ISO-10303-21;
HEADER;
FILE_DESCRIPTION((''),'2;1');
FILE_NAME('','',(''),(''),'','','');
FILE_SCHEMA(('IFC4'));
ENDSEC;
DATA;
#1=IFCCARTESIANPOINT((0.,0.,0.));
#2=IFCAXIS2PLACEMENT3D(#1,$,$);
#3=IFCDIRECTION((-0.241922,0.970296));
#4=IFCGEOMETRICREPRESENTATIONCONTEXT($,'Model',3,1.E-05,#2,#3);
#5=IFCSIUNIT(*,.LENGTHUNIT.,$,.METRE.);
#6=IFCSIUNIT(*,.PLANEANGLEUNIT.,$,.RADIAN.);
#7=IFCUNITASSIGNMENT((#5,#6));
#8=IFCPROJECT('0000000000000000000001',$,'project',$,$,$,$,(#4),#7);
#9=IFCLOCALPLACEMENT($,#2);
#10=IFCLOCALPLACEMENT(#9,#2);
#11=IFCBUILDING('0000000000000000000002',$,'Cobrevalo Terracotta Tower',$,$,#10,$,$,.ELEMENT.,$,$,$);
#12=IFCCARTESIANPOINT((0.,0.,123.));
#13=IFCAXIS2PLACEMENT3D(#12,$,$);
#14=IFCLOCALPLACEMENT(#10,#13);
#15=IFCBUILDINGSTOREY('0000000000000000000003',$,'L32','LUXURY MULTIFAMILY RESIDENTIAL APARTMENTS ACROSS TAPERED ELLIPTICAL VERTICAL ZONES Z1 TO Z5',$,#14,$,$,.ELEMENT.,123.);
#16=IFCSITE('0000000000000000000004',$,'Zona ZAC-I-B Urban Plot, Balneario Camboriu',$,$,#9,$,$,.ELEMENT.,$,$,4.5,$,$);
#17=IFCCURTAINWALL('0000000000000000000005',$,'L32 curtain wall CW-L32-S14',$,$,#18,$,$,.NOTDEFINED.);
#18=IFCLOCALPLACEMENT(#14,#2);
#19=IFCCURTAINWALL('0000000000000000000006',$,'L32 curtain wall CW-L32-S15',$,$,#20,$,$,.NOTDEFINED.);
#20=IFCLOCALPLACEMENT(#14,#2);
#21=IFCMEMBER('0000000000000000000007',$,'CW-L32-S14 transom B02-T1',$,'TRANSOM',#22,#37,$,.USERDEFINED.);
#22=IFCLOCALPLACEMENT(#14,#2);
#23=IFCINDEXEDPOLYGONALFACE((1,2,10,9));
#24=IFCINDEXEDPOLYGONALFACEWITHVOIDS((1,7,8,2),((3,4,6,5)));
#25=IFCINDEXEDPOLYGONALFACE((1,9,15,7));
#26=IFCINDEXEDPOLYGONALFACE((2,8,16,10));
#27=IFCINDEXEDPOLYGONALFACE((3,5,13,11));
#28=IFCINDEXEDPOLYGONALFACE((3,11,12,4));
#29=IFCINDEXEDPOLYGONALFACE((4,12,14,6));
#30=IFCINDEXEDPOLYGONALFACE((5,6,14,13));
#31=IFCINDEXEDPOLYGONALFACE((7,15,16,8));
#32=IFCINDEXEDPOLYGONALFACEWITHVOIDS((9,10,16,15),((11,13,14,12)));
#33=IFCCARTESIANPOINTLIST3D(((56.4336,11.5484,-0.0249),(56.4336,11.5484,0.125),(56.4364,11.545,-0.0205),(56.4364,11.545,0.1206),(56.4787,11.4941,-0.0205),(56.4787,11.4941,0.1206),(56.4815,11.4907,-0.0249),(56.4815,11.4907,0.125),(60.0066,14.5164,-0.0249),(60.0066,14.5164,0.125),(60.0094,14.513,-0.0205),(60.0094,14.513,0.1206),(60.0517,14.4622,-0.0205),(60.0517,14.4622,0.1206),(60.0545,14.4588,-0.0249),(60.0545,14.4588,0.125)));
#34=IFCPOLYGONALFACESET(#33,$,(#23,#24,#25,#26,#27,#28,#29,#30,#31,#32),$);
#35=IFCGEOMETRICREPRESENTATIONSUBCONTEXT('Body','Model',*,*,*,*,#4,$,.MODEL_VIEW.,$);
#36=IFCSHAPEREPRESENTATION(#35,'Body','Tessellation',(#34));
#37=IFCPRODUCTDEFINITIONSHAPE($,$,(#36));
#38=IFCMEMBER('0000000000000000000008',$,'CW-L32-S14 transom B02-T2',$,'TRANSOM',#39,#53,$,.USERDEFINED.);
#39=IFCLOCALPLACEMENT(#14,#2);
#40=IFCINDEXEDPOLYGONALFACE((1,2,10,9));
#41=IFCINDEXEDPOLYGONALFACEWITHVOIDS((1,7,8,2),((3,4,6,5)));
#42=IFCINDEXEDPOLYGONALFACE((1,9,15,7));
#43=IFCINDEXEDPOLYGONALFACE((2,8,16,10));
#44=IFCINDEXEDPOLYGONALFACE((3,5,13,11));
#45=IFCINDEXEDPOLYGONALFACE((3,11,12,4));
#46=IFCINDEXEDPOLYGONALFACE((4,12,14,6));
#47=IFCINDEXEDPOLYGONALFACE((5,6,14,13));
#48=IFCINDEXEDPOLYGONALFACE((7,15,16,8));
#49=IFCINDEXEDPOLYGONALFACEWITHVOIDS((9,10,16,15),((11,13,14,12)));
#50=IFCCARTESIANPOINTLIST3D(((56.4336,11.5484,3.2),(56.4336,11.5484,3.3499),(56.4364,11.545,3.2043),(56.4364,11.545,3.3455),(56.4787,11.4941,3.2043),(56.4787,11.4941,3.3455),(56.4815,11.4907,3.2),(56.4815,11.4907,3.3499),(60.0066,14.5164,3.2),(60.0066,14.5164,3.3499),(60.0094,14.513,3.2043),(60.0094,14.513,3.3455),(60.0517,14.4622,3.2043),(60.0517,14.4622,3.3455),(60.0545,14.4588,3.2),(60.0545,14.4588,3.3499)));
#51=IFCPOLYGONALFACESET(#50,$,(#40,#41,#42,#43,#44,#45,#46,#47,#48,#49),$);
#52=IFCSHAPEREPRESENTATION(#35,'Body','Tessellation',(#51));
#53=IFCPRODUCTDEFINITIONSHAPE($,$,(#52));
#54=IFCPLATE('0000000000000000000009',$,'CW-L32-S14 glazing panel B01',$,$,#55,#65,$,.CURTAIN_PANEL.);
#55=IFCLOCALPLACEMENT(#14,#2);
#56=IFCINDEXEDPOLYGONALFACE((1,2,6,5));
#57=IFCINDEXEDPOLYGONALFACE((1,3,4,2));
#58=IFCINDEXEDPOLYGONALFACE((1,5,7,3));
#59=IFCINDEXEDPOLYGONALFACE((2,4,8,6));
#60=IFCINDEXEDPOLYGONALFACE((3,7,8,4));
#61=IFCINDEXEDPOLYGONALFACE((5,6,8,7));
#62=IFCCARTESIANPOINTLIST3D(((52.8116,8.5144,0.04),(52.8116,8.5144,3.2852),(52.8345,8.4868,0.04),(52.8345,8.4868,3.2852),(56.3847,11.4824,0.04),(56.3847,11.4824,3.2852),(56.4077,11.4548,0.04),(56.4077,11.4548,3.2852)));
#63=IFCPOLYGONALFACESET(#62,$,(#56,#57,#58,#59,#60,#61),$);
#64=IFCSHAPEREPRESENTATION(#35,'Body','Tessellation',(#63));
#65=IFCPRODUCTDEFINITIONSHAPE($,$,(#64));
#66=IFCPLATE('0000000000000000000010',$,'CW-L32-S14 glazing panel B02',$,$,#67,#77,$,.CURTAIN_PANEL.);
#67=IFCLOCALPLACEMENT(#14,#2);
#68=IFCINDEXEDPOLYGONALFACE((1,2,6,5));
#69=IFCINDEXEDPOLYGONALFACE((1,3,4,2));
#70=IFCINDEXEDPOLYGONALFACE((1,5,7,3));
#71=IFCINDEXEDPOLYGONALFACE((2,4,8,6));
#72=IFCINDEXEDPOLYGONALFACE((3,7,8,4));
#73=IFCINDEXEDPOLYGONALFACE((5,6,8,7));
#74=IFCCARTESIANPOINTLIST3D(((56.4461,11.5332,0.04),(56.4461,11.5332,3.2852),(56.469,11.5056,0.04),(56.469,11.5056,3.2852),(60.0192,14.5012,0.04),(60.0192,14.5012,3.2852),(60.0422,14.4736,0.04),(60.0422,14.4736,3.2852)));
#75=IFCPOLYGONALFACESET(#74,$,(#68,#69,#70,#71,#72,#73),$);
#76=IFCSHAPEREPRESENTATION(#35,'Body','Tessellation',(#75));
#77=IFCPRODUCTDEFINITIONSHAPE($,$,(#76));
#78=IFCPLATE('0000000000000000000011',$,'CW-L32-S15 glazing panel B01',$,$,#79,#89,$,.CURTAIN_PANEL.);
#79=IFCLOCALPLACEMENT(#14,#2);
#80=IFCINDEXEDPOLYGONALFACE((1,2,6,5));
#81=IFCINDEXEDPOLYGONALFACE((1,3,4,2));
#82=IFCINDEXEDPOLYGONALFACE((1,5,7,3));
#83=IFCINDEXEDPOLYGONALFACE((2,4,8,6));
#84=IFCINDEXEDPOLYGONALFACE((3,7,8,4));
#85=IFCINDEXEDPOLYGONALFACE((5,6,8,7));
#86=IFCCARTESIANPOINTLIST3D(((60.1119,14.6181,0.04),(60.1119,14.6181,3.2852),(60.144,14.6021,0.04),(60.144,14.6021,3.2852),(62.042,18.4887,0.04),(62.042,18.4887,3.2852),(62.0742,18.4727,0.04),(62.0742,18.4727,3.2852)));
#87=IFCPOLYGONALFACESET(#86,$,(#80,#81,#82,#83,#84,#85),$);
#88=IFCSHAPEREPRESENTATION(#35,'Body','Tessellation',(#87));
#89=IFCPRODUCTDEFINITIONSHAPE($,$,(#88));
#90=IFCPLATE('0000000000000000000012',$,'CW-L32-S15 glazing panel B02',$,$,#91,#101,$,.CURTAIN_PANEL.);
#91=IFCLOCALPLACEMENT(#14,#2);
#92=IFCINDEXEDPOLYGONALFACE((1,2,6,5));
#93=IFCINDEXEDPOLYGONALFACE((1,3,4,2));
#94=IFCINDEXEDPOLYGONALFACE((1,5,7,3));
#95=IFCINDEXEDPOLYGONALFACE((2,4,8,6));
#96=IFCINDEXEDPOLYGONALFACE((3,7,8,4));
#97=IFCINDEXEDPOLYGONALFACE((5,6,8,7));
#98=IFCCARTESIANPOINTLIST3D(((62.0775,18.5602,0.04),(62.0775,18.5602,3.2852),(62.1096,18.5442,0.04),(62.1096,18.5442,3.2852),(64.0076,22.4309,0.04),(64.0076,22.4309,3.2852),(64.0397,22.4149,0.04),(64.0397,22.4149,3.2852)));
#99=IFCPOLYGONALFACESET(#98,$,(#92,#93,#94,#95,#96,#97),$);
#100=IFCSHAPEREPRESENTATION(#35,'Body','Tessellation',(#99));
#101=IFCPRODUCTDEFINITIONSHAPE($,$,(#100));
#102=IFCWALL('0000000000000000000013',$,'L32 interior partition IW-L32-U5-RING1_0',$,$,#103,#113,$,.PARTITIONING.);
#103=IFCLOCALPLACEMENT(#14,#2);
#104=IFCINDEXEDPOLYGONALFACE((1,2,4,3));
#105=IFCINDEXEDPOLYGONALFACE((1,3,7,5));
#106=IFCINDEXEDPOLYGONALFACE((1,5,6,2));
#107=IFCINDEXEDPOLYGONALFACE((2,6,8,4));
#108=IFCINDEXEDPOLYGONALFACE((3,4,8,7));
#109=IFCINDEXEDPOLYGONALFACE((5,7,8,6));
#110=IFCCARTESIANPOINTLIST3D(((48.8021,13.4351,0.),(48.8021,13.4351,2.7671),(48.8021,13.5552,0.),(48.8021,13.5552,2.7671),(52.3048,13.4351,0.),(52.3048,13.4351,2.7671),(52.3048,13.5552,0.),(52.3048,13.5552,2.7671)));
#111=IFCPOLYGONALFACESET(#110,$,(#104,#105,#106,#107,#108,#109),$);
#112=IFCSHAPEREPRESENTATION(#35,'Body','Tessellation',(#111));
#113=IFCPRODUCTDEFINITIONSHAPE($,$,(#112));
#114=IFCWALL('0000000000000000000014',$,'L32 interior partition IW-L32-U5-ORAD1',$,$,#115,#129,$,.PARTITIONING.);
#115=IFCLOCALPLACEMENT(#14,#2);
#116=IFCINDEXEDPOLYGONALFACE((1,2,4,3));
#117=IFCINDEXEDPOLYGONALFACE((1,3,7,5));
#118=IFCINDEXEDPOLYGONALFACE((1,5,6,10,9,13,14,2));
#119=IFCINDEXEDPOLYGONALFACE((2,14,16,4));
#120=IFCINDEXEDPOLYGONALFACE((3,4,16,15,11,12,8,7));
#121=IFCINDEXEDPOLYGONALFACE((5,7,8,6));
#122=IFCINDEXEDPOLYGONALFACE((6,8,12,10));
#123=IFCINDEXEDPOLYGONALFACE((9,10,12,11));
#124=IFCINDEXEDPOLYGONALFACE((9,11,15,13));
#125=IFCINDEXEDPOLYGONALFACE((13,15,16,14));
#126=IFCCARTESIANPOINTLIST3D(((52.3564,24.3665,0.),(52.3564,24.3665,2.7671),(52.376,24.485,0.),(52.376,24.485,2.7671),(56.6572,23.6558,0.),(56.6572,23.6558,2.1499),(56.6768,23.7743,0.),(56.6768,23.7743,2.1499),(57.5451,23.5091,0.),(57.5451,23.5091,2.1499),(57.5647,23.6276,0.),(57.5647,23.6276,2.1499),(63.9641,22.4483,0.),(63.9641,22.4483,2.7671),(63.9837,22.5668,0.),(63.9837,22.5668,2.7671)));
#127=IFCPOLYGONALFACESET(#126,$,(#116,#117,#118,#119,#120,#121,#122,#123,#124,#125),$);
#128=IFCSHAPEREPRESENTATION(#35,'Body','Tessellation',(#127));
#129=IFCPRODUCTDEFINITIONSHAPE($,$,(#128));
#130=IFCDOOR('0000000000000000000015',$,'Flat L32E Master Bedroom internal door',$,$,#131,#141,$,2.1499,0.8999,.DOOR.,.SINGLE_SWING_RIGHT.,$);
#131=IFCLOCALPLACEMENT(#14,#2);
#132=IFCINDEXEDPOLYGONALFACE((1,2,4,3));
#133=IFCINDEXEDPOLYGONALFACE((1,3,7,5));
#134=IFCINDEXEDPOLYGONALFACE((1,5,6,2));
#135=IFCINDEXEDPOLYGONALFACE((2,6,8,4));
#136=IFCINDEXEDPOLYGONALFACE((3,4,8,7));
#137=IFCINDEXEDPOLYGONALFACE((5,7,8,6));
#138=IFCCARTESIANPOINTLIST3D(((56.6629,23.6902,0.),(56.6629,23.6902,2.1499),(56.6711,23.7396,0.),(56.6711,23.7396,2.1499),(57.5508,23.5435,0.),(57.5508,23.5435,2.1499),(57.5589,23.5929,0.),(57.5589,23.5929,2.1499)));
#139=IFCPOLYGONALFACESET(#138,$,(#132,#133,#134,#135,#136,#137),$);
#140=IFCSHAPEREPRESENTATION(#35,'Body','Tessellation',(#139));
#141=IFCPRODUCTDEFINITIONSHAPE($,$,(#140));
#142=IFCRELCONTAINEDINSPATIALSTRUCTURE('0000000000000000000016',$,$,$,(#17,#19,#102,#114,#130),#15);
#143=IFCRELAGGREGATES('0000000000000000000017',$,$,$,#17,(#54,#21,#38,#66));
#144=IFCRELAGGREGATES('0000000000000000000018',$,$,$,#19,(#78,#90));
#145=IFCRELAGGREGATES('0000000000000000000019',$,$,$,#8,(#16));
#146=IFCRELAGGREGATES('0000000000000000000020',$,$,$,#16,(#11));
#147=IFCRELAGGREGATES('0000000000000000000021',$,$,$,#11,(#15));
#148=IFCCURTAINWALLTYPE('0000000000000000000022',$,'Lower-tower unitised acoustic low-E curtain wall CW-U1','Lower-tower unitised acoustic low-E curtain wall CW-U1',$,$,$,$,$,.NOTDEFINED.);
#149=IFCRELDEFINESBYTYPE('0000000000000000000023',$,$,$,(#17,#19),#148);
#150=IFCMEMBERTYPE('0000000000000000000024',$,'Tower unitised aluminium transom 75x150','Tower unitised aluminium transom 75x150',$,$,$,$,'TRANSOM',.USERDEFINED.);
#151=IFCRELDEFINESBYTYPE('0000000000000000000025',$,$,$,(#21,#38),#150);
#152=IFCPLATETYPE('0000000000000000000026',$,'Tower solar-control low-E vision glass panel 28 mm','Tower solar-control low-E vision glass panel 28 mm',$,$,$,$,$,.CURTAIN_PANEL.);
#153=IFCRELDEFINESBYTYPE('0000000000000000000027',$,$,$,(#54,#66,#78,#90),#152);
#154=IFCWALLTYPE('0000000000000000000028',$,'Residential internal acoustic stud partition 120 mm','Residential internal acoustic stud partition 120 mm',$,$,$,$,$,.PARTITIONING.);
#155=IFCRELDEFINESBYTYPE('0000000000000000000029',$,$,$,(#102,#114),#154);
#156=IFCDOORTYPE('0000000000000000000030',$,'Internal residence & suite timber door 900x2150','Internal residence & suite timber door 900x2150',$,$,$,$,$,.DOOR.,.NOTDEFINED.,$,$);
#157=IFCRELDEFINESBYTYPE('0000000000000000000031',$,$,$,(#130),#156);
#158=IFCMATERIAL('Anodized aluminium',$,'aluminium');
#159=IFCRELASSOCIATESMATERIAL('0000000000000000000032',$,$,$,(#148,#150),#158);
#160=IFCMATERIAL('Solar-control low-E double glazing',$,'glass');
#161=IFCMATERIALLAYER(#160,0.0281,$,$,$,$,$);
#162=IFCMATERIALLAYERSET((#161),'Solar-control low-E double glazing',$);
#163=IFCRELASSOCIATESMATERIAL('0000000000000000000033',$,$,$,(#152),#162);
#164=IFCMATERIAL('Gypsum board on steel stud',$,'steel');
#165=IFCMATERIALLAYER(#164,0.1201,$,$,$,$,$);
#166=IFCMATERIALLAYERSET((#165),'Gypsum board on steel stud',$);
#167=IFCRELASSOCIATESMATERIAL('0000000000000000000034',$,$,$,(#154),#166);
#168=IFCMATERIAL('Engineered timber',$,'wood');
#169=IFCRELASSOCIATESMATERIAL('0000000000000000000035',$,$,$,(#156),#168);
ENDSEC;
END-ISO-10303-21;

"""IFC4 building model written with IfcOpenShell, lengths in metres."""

from ifc_helpers import new_model, si_unit, direction, frame, frame_2d, origin, origin_2d, place, context, subcontext, project, spatial, rectangle, hollow_rectangle, extrude, source, transform, mapped, material, layer, layer_set, material_profile, profile_set, type_object, element, fill, aggregate, save


model = new_model("IFC4")

# Units and contexts
model_context = context("Model", 3, precision=1e-05, world=origin(), true_north=direction((-0.241922, 0.970296)))
body_context = subcontext(model_context, "Body", "Model", "MODEL_VIEW")
ifc_project = project(units=[si_unit("LENGTHUNIT", "METRE"), si_unit("PLANEANGLEUNIT", "RADIAN")], contexts=[model_context])

# Site, building, storey
site_placement = place(None, origin())
site = spatial("IfcSite", under=ifc_project, at=site_placement, Name="Zona ZAC-I-B Urban Plot, Balneario Camboriu", CompositionType="ELEMENT", RefElevation=4.5)
building_placement = place(site_placement, origin())
building = spatial("IfcBuilding", under=site, at=building_placement, Name="Cobrevalo Terracotta Tower", CompositionType="ELEMENT")
storey_placement = place(building_placement, frame((0.0, 0.0, 123.0)))
storey = spatial("IfcBuildingStorey", under=building, at=storey_placement, Name="L32", Description="LUXURY MULTIFAMILY RESIDENTIAL APARTMENTS ACROSS TAPERED ELLIPTICAL VERTICAL ZONES Z1 TO Z5", CompositionType="ELEMENT", Elevation=123.0)

# Curtain walls
ifc_material_1 = material(Name="Anodized aluminium", Category="aluminium")
curtain_wall_type = type_object("IfcCurtainWallType", Name="Lower-tower unitised acoustic low-E curtain wall CW-U1", Description="Lower-tower unitised acoustic low-E curtain wall CW-U1", PredefinedType="NOTDEFINED", material=ifc_material_1)
ifc_material_profile_1 = material_profile(ifc_material_1, hollow_rectangle(XDim=0.075, YDim=0.1499, WallThickness=0.0044, at=origin_2d()), Name="CWT 75x150")
ifc_profile_set_1 = profile_set([ifc_material_profile_1], Name="Anodized aluminium")
member_type_1 = type_object("IfcMemberType", Name="Tower unitised aluminium transom 75x150", Description="Tower unitised aluminium transom 75x150", ElementType="TRANSOM", PredefinedType="USERDEFINED", material=ifc_profile_set_1)
curtain_wall_1_placement = place(storey_placement, origin())
curtain_wall_1 = element("IfcCurtainWall", 1, at=curtain_wall_1_placement, inside=storey, type_object=curtain_wall_type, Name="L32 curtain wall CW-L32-S14", PredefinedType="NOTDEFINED")
curtain_wall_2_placement = place(storey_placement, origin())
curtain_wall_2 = element("IfcCurtainWall", 2, at=curtain_wall_2_placement, inside=storey, type_object=curtain_wall_type, Name="L32 curtain wall CW-L32-S15", PredefinedType="NOTDEFINED")

# Members
shared_shape_1 = source(origin(), body_context, "Body", "SweptSolid", [
    extrude(hollow_rectangle(XDim=0.075, YDim=0.1499, WallThickness=0.0044, at=origin_2d()), origin(), (0.0, 0.0, 1.0), 4.645),
])
member_1_placement = place(storey_placement, frame((56.4575, 11.5195, 0.05), z_axis=(0.769224, 0.638979, 0.0), x_axis=(-0.638979, 0.769224, 0.0)))
member_1 = element("IfcMember", 3, at=member_1_placement, type_object=member_type_1, Name="CW-L32-S14 transom B02-T1", ObjectType="TRANSOM", PredefinedType="USERDEFINED", context=body_context, shape_type="MappedRepresentation", body=[
    mapped(shared_shape_1, transform((0.0, 0.0, 0.0), scale=1.0)),
])
member_2_placement = place(storey_placement, frame((56.4575, 11.5195, 3.2749), z_axis=(0.769224, 0.638979, 0.0), x_axis=(-0.638979, 0.769224, 0.0)))
member_2 = element("IfcMember", 4, at=member_2_placement, type_object=member_type_1, Name="CW-L32-S14 transom B02-T2", ObjectType="TRANSOM", PredefinedType="USERDEFINED", context=body_context, shape_type="MappedRepresentation", body=[
    mapped(shared_shape_1, transform((0.0, 0.0, 0.0), scale=1.0)),
])

# Plates
ifc_material_2 = material(Name="Solar-control low-E double glazing", Category="glass")
ifc_layer_1 = layer(ifc_material_2, 0.0281)
ifc_layer_set_1 = layer_set([ifc_layer_1], Name="Solar-control low-E double glazing")
plate_type = type_object("IfcPlateType", Name="Tower solar-control low-E vision glass panel 28 mm", Description="Tower solar-control low-E vision glass panel 28 mm", PredefinedType="CURTAIN_PANEL", material=ifc_layer_set_1)
shared_shape_2 = source(origin(), body_context, "Body", "SweptSolid", [
    extrude(rectangle(XDim=4.645, YDim=0.0359, at=origin_2d()), origin(), (0.0, 0.0, 1.0), 3.2451),
])
plate_1_placement = place(storey_placement, frame((54.6096, 9.9846, 0.04), z_axis=(0.0, 0.0, 1.0), x_axis=(0.769241, 0.638958, 0.0)))
plate_1 = element("IfcPlate", 5, at=plate_1_placement, type_object=plate_type, Name="CW-L32-S14 glazing panel B01", PredefinedType="CURTAIN_PANEL", context=body_context, shape_type="MappedRepresentation", body=[
    mapped(shared_shape_2, transform((0.0, 0.0, 0.0), scale=1.0)),
])
plate_2_placement = place(storey_placement, frame((58.2441, 13.0034, 0.04), z_axis=(0.0, 0.0, 1.0), x_axis=(0.769241, 0.638958, 0.0)))
plate_2 = element("IfcPlate", 6, at=plate_2_placement, type_object=plate_type, Name="CW-L32-S14 glazing panel B02", PredefinedType="CURTAIN_PANEL", context=body_context, shape_type="MappedRepresentation", body=[
    mapped(shared_shape_2, transform((0.0, 0.0, 0.0), scale=1.0)),
])
aggregate(curtain_wall_1, [plate_1, member_1, member_2, plate_2])
shared_shape_3 = source(origin(), body_context, "Body", "SweptSolid", [
    extrude(rectangle(XDim=4.3252, YDim=0.0359, at=origin_2d()), origin(), (0.0, 0.0, 1.0), 3.2451),
])
plate_3_placement = place(storey_placement, frame((61.093, 16.5454, 0.04), z_axis=(0.0, 0.0, 1.0), x_axis=(0.446262, 0.894902, 0.0)))
plate_3 = element("IfcPlate", 7, at=plate_3_placement, type_object=plate_type, Name="CW-L32-S15 glazing panel B01", PredefinedType="CURTAIN_PANEL", context=body_context, shape_type="MappedRepresentation", body=[
    mapped(shared_shape_3, transform((0.0, 0.0, 0.0), scale=1.0)),
])
plate_4_placement = place(storey_placement, frame((63.0586, 20.4875, 0.04), z_axis=(0.0, 0.0, 1.0), x_axis=(0.446262, 0.894902, 0.0)))
plate_4 = element("IfcPlate", 8, at=plate_4_placement, type_object=plate_type, Name="CW-L32-S15 glazing panel B02", PredefinedType="CURTAIN_PANEL", context=body_context, shape_type="MappedRepresentation", body=[
    mapped(shared_shape_3, transform((0.0, 0.0, 0.0), scale=1.0)),
])
aggregate(curtain_wall_2, [plate_3, plate_4])

# Wall
ifc_material_3 = material(Name="Gypsum board on steel stud", Category="steel")
ifc_layer_2 = layer(ifc_material_3, 0.1201)
ifc_layer_set_2 = layer_set([ifc_layer_2], Name="Gypsum board on steel stud")
wall_type = type_object("IfcWallType", Name="Residential internal acoustic stud partition 120 mm", Description="Residential internal acoustic stud partition 120 mm", PredefinedType="PARTITIONING", material=ifc_layer_set_2)
wall_1_placement = place(storey_placement, frame((52.3049, 13.4951, 0.0), z_axis=(0.0, 0.0, 1.0), x_axis=(-1.0, 0.0, 0.0)))
element("IfcWall", 9, at=wall_1_placement, inside=storey, type_object=wall_type, Name="L32 interior partition IW-L32-U5-RING1_0", PredefinedType="PARTITIONING", context=body_context, shape_type="SweptSolid", body=[
    extrude(rectangle(XDim=3.5027, YDim=0.1201, at=frame_2d((1.7515, 0.0))), origin(), (0.0, 0.0, 1.0), 2.7671),
])

# Wall, opening, door
wall_2_placement = place(storey_placement, frame((52.3662, 24.4258, 0.0), z_axis=(0.0, 0.0, 1.0), x_axis=(0.986619, -0.163043, 0.0)))
wall_2 = element("IfcWall", 10, at=wall_2_placement, inside=storey, type_object=wall_type, Name="L32 interior partition IW-L32-U5-ORAD1", PredefinedType="PARTITIONING", context=body_context, shape_type="SweptSolid", body=[
    extrude(rectangle(XDim=11.7651, YDim=0.1201, at=frame_2d((5.8826, 0.0))), origin(), (0.0, 0.0, 1.0), 2.7671),
])
opening_1_placement = place(wall_2_placement, frame((4.3591, 0.0, 0.0)))
opening_1 = element("IfcOpeningElement", 11, at=opening_1_placement, cuts=wall_2, PredefinedType="OPENING", context=body_context, shape_type="SweptSolid", body=[
    extrude(rectangle(XDim=0.8999, YDim=2.1499, at=frame_2d((0.45, 1.075))), frame((0.0, 0.0701, 0.0), z_axis=(0.0, -1.0, 0.0), x_axis=(1.0, 0.0, 0.0)), (0.0, 0.0, 1.0), 0.1401),
])
ifc_material_4 = material(Name="Engineered timber", Category="wood")
door_type_1 = type_object("IfcDoorType", Name="Internal residence & suite timber door 900x2150", Description="Internal residence & suite timber door 900x2150", OperationType="NOTDEFINED", PredefinedType="DOOR", material=ifc_material_4)
shared_shape_4 = source(origin(), body_context, "Body", "SweptSolid", [
    extrude(rectangle(XDim=0.8999, YDim=2.1499, at=frame_2d((0.45, 1.075))), frame((0.0, 0.0249, 0.0), z_axis=(0.0, -1.0, 0.0), x_axis=(1.0, 0.0, 0.0)), (0.0, 0.0, 1.0), 0.05),
])
door_1_placement = place(opening_1_placement, origin())
door_1 = element("IfcDoor", 12, at=door_1_placement, inside=storey, type_object=door_type_1, Name="Flat L32E Master Bedroom internal door", OperationType="SINGLE_SWING_RIGHT", OverallHeight=2.1499, OverallWidth=0.8999, PredefinedType="DOOR", context=body_context, shape_type="MappedRepresentation", body=[
    mapped(shared_shape_4, transform((0.0, 0.0, 0.0), scale=1.0)),
])
fill(opening_1, door_1)

save(model, "model.ifc")
